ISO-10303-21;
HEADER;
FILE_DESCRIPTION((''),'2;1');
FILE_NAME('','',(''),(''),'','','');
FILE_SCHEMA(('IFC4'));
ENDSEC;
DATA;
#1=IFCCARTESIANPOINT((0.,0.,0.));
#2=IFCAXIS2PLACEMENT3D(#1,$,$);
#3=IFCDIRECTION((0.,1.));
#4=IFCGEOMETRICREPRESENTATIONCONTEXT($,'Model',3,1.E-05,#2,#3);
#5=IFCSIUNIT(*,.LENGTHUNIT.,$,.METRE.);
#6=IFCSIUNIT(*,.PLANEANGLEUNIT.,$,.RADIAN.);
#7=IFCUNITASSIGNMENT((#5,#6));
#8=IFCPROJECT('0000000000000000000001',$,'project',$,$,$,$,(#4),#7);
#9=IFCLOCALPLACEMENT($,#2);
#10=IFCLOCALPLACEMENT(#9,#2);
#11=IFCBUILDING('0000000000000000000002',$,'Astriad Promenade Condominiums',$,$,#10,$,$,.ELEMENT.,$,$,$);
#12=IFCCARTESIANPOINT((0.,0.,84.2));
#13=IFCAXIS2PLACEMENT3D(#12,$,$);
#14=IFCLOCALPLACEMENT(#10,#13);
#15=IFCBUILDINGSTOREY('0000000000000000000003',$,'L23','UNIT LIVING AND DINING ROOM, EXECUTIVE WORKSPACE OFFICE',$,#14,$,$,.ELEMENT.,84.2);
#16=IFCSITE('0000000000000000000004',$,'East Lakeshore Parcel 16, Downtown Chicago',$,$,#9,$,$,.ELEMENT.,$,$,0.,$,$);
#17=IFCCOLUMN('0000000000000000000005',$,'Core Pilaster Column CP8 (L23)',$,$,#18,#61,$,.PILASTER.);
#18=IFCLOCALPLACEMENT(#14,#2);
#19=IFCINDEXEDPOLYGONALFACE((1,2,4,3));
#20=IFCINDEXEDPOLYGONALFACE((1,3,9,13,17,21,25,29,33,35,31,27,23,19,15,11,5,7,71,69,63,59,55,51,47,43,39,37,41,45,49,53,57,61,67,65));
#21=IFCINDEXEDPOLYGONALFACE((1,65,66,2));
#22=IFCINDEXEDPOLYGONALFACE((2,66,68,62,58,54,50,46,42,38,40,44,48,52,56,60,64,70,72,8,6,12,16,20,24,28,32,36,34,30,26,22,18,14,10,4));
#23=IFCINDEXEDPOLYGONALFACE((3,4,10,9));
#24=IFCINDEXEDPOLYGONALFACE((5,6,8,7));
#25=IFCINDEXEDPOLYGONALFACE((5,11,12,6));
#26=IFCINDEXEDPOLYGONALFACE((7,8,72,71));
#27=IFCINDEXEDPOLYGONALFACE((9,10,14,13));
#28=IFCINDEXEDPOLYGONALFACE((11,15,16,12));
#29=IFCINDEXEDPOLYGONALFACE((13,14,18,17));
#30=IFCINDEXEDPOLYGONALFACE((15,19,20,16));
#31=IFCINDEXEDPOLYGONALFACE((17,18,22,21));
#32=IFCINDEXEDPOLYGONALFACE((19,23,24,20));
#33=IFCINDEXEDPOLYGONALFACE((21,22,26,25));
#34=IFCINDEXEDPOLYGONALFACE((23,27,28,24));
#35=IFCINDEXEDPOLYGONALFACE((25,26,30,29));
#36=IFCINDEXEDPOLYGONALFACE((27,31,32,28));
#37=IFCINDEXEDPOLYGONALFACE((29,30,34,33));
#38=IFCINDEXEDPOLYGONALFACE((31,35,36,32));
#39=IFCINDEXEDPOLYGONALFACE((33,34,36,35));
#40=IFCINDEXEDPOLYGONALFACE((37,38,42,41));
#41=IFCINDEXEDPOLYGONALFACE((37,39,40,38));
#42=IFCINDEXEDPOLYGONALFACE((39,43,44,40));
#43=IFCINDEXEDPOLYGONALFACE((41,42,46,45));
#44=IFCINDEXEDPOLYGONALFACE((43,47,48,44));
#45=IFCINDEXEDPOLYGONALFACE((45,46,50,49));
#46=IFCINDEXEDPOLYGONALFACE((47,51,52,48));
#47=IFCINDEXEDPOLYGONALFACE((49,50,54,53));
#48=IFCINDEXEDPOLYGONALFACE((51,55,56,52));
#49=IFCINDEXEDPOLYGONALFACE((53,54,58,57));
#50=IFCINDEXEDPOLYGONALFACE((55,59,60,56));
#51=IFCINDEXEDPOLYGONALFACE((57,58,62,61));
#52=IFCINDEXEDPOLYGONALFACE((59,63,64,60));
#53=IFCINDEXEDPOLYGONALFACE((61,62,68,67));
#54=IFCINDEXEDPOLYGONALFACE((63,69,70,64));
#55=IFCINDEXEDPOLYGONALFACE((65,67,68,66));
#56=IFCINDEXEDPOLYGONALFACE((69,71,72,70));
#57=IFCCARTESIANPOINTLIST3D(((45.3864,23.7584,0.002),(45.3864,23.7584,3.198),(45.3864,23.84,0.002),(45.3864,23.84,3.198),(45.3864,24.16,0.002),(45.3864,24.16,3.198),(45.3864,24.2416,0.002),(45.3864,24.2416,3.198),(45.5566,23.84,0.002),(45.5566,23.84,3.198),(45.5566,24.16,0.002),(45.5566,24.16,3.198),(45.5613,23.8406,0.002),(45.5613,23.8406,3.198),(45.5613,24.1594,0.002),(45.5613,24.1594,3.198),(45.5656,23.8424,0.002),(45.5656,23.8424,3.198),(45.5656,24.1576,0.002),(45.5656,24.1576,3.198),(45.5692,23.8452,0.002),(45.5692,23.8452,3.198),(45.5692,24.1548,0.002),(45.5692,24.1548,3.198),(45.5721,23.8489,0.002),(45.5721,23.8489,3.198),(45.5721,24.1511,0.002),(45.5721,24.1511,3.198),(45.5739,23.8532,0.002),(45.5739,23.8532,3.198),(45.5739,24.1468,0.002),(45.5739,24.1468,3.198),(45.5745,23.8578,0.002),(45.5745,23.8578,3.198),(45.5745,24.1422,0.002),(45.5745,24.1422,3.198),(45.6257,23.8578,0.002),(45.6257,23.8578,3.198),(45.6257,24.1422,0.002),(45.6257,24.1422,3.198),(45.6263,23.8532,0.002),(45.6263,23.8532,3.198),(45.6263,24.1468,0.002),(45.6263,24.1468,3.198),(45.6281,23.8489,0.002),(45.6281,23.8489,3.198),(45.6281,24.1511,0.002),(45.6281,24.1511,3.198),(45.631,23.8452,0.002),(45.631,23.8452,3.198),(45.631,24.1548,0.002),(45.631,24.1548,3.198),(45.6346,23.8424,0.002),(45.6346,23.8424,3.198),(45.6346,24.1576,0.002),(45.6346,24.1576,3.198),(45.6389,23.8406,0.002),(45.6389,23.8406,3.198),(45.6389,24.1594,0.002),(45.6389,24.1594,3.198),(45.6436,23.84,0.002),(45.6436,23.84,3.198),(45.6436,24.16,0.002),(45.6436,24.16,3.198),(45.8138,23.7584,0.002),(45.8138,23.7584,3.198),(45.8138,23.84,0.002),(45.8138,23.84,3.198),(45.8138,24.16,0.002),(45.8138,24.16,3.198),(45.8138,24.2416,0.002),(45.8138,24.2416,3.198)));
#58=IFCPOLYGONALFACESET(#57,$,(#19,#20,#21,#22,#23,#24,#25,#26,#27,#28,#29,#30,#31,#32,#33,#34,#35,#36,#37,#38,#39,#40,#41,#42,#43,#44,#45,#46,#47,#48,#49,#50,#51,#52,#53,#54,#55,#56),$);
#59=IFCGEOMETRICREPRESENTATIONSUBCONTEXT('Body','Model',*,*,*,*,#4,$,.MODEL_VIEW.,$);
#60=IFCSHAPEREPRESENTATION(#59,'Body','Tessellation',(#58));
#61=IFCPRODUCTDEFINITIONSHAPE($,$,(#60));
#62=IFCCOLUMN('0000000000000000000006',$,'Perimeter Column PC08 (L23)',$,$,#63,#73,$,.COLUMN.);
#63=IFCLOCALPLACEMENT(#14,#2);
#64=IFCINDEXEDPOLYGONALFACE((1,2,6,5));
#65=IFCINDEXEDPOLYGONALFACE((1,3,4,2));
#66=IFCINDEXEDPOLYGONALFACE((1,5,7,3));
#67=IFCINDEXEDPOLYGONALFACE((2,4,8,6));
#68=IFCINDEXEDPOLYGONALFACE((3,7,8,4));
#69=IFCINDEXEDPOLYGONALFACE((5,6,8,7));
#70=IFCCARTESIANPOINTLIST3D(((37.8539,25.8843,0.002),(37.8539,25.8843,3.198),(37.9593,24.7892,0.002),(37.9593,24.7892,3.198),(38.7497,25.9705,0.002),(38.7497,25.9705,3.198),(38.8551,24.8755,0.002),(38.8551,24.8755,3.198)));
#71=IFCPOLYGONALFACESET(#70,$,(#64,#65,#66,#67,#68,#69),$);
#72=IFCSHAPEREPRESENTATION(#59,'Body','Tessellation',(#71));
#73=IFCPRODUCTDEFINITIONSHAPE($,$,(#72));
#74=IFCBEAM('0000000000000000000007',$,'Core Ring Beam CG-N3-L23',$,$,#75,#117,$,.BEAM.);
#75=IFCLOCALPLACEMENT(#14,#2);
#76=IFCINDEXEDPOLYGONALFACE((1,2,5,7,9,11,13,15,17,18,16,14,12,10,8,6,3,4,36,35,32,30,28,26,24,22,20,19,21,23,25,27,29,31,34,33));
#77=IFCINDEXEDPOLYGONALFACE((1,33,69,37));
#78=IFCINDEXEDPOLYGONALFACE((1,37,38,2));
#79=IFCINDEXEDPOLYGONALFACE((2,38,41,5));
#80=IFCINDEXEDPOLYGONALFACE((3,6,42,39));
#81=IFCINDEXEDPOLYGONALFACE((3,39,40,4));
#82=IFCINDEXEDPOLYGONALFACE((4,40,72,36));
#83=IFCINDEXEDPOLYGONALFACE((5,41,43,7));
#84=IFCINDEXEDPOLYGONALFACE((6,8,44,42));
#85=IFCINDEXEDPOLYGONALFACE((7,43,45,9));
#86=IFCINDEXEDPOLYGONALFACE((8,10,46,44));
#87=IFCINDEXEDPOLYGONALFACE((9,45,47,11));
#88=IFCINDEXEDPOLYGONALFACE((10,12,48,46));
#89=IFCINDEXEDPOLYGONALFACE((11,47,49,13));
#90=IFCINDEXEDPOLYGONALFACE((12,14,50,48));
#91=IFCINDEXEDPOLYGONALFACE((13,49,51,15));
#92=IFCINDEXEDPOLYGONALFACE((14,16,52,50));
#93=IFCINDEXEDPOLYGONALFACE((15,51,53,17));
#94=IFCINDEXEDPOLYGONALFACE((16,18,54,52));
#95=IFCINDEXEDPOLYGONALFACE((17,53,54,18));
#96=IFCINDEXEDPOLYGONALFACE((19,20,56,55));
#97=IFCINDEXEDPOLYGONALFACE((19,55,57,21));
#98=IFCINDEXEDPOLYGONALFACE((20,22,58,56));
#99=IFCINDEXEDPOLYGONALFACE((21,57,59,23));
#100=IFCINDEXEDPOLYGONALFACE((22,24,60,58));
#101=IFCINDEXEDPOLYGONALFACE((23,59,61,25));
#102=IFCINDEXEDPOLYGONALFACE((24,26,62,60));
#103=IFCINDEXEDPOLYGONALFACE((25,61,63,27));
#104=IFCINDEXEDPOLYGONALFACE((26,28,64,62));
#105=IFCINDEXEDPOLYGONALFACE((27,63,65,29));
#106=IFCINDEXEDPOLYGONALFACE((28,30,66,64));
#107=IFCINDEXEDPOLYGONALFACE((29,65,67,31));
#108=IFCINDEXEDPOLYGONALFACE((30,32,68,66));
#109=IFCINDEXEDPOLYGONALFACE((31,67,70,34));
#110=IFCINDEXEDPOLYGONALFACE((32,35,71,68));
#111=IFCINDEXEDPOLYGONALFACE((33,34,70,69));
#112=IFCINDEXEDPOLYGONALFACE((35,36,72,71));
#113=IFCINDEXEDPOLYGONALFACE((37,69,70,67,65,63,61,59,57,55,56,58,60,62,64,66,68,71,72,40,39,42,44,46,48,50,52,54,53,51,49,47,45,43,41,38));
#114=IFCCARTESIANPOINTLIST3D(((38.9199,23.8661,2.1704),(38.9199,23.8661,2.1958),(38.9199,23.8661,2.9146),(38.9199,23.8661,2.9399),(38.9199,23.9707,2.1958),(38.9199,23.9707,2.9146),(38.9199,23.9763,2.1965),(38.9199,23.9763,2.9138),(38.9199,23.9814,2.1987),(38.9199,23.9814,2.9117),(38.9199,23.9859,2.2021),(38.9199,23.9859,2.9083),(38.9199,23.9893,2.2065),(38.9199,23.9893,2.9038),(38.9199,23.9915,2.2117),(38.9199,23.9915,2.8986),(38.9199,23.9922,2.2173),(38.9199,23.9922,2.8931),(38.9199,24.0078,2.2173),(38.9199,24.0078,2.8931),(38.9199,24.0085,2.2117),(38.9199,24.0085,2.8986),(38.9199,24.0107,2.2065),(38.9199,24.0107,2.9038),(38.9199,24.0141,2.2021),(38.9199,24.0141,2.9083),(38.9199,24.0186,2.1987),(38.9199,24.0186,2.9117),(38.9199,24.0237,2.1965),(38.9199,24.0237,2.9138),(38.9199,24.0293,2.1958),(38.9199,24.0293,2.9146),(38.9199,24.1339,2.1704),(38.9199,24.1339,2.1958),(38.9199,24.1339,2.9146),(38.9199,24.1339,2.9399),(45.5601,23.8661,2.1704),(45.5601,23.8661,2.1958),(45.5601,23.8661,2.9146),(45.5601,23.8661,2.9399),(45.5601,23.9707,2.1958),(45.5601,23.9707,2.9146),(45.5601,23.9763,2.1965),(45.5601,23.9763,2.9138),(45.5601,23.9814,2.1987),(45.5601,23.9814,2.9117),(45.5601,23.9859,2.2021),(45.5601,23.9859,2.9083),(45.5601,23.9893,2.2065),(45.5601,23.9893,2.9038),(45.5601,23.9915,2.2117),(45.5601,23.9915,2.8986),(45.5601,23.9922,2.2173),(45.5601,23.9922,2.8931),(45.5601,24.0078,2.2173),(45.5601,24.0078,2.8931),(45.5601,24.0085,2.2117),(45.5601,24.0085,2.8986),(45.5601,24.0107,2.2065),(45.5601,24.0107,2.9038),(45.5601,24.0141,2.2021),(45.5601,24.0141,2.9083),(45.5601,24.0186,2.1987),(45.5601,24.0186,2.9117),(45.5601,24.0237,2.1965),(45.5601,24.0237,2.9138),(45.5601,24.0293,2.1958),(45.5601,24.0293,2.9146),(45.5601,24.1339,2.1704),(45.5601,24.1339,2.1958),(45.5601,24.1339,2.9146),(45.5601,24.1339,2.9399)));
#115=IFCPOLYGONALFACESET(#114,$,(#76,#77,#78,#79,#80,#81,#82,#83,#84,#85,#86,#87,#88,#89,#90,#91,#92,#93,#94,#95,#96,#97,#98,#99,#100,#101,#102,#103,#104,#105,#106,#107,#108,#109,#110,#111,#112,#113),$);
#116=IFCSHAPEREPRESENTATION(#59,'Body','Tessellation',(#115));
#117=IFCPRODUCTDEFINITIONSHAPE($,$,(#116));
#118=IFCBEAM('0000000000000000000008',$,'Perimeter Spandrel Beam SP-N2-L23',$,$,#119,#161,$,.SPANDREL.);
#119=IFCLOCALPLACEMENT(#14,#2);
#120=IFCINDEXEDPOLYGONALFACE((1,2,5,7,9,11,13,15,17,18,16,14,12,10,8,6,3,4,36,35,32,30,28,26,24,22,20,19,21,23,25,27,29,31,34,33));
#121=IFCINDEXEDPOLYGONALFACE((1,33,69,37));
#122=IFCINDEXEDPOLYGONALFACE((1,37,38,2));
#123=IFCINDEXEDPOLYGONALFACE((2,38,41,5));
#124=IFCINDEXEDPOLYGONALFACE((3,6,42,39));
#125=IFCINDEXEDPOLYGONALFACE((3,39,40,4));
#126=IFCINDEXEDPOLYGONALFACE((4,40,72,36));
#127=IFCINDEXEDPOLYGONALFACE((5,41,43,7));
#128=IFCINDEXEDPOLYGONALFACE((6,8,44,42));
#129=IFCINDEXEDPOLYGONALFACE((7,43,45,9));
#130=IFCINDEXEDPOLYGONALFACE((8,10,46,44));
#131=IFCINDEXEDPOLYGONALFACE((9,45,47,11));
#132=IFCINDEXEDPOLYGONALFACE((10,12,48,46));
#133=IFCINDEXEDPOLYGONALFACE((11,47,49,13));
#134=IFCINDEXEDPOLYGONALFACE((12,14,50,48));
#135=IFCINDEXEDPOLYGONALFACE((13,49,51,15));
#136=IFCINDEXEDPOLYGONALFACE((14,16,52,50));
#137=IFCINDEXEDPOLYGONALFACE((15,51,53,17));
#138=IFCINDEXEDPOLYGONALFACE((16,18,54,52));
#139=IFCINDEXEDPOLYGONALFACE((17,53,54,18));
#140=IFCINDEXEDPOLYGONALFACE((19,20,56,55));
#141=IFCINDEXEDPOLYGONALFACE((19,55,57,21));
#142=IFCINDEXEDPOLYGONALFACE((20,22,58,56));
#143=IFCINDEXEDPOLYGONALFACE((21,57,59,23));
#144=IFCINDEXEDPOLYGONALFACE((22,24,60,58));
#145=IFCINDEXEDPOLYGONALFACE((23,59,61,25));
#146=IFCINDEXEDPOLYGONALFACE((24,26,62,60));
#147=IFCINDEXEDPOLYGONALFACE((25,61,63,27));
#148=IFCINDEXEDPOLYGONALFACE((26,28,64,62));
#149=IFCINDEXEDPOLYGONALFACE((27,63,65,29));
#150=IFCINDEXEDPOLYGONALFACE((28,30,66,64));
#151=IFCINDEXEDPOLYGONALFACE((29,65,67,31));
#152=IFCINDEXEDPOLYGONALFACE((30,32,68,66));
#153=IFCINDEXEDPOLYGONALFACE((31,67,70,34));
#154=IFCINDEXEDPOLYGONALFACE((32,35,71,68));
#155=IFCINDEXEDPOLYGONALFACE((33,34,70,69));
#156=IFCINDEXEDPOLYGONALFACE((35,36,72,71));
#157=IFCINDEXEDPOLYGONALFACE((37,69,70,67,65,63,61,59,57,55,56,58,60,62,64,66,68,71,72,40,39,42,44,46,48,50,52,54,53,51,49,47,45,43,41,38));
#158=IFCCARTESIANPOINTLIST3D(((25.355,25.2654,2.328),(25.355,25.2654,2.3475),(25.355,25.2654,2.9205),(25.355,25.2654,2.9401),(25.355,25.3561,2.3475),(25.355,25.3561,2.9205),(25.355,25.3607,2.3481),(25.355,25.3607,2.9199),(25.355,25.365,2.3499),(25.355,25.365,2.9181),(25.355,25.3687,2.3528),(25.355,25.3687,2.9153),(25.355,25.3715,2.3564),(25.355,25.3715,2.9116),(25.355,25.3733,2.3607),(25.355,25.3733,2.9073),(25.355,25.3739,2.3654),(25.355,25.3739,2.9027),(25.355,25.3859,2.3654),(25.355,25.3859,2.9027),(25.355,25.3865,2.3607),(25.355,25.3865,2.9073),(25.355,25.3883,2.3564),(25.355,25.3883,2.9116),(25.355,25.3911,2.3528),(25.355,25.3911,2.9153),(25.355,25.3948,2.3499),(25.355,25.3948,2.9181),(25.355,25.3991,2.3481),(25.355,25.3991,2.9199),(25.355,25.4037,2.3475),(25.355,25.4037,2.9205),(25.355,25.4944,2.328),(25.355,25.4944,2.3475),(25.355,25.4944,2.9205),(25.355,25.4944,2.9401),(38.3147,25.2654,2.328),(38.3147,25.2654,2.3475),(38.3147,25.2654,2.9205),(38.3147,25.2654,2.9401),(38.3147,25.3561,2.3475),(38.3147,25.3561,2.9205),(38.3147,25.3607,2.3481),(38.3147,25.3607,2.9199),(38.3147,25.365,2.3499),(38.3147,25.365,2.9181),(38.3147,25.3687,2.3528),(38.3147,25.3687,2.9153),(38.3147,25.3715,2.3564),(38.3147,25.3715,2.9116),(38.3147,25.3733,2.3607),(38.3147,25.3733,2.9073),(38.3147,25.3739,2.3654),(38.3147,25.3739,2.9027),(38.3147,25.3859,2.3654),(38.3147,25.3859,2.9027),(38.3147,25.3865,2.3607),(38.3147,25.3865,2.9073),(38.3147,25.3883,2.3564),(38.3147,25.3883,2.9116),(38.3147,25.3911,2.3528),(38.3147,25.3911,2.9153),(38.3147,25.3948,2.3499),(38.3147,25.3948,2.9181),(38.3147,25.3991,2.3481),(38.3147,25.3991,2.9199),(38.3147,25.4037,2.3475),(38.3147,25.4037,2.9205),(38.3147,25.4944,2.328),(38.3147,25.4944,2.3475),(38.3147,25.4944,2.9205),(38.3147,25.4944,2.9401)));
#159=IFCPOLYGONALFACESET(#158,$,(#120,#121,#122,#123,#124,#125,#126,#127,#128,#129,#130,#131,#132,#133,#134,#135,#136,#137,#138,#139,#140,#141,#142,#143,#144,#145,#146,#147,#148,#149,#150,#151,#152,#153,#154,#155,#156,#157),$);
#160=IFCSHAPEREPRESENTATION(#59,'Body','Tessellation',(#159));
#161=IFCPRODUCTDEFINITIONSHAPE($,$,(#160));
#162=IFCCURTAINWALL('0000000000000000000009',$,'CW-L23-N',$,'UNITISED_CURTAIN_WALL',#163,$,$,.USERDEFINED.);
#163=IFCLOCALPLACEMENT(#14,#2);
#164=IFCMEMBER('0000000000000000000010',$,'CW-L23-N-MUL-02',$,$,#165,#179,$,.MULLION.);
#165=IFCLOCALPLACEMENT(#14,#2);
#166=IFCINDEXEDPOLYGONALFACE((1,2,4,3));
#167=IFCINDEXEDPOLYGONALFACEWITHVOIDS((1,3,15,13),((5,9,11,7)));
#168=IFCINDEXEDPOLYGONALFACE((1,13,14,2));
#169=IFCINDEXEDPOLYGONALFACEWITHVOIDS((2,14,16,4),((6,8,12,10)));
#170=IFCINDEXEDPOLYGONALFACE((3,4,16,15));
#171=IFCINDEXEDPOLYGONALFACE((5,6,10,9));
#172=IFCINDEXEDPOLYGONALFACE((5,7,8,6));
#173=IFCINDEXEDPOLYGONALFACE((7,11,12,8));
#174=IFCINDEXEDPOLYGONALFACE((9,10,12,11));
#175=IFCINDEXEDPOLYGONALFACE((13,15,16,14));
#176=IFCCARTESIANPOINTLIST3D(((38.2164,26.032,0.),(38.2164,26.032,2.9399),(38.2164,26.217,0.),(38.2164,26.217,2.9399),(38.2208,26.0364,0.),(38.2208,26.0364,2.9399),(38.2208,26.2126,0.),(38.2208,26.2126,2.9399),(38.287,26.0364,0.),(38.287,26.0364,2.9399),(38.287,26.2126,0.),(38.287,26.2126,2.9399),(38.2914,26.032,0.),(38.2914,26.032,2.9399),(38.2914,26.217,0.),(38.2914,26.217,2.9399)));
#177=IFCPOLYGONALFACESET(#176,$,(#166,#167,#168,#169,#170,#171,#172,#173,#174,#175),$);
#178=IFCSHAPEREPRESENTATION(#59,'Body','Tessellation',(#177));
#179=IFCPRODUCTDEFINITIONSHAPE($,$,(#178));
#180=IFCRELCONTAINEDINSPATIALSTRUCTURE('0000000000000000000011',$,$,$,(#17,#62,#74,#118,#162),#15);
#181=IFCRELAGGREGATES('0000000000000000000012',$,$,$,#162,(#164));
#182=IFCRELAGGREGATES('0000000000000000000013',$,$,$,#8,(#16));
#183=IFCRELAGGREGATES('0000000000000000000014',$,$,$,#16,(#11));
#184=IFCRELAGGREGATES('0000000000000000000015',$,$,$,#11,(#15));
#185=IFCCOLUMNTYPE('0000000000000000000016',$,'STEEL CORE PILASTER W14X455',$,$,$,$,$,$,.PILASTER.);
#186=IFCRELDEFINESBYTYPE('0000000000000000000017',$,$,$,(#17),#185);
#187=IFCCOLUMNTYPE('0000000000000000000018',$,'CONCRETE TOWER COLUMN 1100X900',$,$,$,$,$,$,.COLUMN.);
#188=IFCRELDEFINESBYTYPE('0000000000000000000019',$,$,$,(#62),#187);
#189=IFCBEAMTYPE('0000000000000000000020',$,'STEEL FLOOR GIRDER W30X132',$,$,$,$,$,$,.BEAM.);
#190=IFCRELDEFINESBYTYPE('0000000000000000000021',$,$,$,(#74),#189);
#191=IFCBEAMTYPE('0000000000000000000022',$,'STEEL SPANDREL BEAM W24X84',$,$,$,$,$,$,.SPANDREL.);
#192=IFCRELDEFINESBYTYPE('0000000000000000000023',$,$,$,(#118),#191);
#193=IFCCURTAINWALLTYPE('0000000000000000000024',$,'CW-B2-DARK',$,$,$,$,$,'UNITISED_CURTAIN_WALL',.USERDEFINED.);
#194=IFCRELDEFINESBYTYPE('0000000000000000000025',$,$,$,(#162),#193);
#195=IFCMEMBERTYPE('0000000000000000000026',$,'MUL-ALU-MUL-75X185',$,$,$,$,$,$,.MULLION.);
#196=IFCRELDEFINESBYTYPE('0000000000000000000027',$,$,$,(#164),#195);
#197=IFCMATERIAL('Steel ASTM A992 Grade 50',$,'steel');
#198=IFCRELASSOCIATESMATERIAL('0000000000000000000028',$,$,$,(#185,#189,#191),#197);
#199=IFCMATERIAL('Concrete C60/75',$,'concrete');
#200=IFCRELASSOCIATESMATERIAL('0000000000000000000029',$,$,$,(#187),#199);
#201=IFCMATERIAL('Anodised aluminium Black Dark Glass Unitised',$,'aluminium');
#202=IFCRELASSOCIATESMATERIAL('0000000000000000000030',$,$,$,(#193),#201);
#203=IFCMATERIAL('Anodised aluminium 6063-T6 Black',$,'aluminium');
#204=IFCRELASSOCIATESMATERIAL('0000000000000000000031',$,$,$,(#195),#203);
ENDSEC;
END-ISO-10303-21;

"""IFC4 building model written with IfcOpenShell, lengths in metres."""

from ifc_helpers import new_model, si_unit, direction, frame, origin, origin_2d, place, context, subcontext, project, spatial, rectangle, hollow_rectangle, i_section, extrude, source, transform, mapped, material, material_profile, profile_set, type_object, type_shapes, element, aggregate, save


model = new_model("IFC4")

# Units and contexts
model_context = context("Model", 3, precision=1e-05, world=origin(), true_north=direction((0.0, 1.0)))
body_context = subcontext(model_context, "Body", "Model", "MODEL_VIEW")
ifc_project = project(units=[si_unit("LENGTHUNIT", "METRE"), si_unit("PLANEANGLEUNIT", "RADIAN")], contexts=[model_context])

# Site, building, storey
site_placement = place(None, origin())
site = spatial("IfcSite", under=ifc_project, at=site_placement, Name="East Lakeshore Parcel 16, Downtown Chicago", CompositionType="ELEMENT", RefElevation=0.0)
building_placement = place(site_placement, origin())
building = spatial("IfcBuilding", under=site, at=building_placement, Name="Astriad Promenade Condominiums", CompositionType="ELEMENT")
storey_placement = place(building_placement, frame((0.0, 0.0, 84.2)))
storey = spatial("IfcBuildingStorey", under=building, at=storey_placement, Name="L23", Description="UNIT LIVING AND DINING ROOM, EXECUTIVE WORKSPACE OFFICE", CompositionType="ELEMENT", Elevation=84.2)

# Columns
ifc_material_1 = material(Name="Steel ASTM A992 Grade 50", Category="steel")
ifc_material_profile_1 = material_profile(ifc_material_1, i_section(OverallWidth=0.4275, OverallDepth=0.4832, WebThickness=0.0513, FlangeThickness=0.0815, FilletRadius=0.0178, at=origin_2d()), Name="W14X455")
ifc_profile_set_1 = profile_set([ifc_material_profile_1], Name="Steel ASTM A992 Grade 50")
column_type_1 = type_object("IfcColumnType", Name="STEEL CORE PILASTER W14X455", PredefinedType="PILASTER", material=ifc_profile_set_1)
shared_shape_1 = source(origin(), body_context, "Body", "SweptSolid", [
    extrude(i_section(OverallWidth=0.4275, OverallDepth=0.4832, WebThickness=0.0513, FlangeThickness=0.0815, FilletRadius=0.0178, at=origin_2d()), origin(), (0.0, 0.0, 1.0), 3.196),
])
type_shapes(column_type_1, [shared_shape_1])
column_1_placement = place(storey_placement, frame((45.6001, 24.0, 0.002), z_axis=(0.0, 0.0, 1.0), x_axis=(1.0, 0.0, 0.0)))
element("IfcColumn", 1, at=column_1_placement, inside=storey, type_object=column_type_1, Name="Core Pilaster Column CP8 (L23)", PredefinedType="PILASTER", context=body_context, shape_type="MappedRepresentation", body=[
    mapped(shared_shape_1, transform((0.0, 0.0, 0.0), scale=1.0)),
])
ifc_material_2 = material(Name="Concrete C60/75", Category="concrete")
ifc_material_profile_2 = material_profile(ifc_material_2, rectangle(XDim=0.8999, YDim=1.1001, at=origin_2d()), Name="RC-COL-1100X900")
ifc_profile_set_2 = profile_set([ifc_material_profile_2], Name="Concrete C60/75")
column_type_2 = type_object("IfcColumnType", Name="CONCRETE TOWER COLUMN 1100X900", PredefinedType="COLUMN", material=ifc_profile_set_2)
shared_shape_2 = source(origin(), body_context, "Body", "SweptSolid", [
    extrude(rectangle(XDim=0.8999, YDim=1.1001, at=origin_2d()), origin(), (0.0, 0.0, 1.0), 3.196),
])
type_shapes(column_type_2, [shared_shape_2])
column_2_placement = place(storey_placement, frame((38.3545, 25.3799, 0.002), z_axis=(0.0, 0.0, 1.0), x_axis=(0.995396, 0.095846, 0.0)))
element("IfcColumn", 2, at=column_2_placement, inside=storey, type_object=column_type_2, Name="Perimeter Column PC08 (L23)", PredefinedType="COLUMN", context=body_context, shape_type="MappedRepresentation", body=[
    mapped(shared_shape_2, transform((0.0, 0.0, 0.0), scale=1.0)),
])

# Beams
ifc_material_profile_3 = material_profile(ifc_material_1, i_section(OverallWidth=0.2678, OverallDepth=0.7695, WebThickness=0.0156, FlangeThickness=0.0254, FilletRadius=0.0215, at=origin_2d()), Name="W30X132")
ifc_profile_set_3 = profile_set([ifc_material_profile_3], Name="Steel ASTM A992 Grade 50")
beam_type_1 = type_object("IfcBeamType", Name="STEEL FLOOR GIRDER W30X132", PredefinedType="BEAM", material=ifc_profile_set_3)
shared_shape_3 = source(origin(), body_context, "Body", "SweptSolid", [
    extrude(i_section(OverallWidth=0.2678, OverallDepth=0.7695, WebThickness=0.0156, FlangeThickness=0.0254, FilletRadius=0.0215, at=origin_2d()), origin(), (0.0, 0.0, 1.0), 6.6401),
])
type_shapes(beam_type_1, [shared_shape_3])
beam_1_placement = place(storey_placement, frame((38.9199, 24.0, 2.5552), z_axis=(1.0, 0.0, 0.0), x_axis=(0.0, 1.0, 0.0)))
element("IfcBeam", 3, at=beam_1_placement, inside=storey, type_object=beam_type_1, Name="Core Ring Beam CG-N3-L23", PredefinedType="BEAM", context=body_context, shape_type="MappedRepresentation", body=[
    mapped(shared_shape_3, transform((0.0, 0.0, 0.0), scale=1.0)),
])
ifc_material_profile_4 = material_profile(ifc_material_1, i_section(OverallWidth=0.229, OverallDepth=0.6121, WebThickness=0.012, FlangeThickness=0.0195, FilletRadius=0.0178, at=origin_2d()), Name="W24X84")
ifc_profile_set_4 = profile_set([ifc_material_profile_4], Name="Steel ASTM A992 Grade 50")
beam_type_2 = type_object("IfcBeamType", Name="STEEL SPANDREL BEAM W24X84", PredefinedType="SPANDREL", material=ifc_profile_set_4)
shared_shape_4 = source(origin(), body_context, "Body", "SweptSolid", [
    extrude(i_section(OverallWidth=0.229, OverallDepth=0.6121, WebThickness=0.012, FlangeThickness=0.0195, FilletRadius=0.0178, at=origin_2d()), origin(), (0.0, 0.0, 1.0), 12.9597),
])
type_shapes(beam_type_2, [shared_shape_4])
beam_2_placement = place(storey_placement, frame((38.3147, 25.3799, 2.634), z_axis=(-1.0, 0.0, 0.0), x_axis=(0.0, -1.0, 0.0)))
element("IfcBeam", 4, at=beam_2_placement, inside=storey, type_object=beam_type_2, Name="Perimeter Spandrel Beam SP-N2-L23", PredefinedType="SPANDREL", context=body_context, shape_type="MappedRepresentation", body=[
    mapped(shared_shape_4, transform((0.0, 0.0, 0.0), scale=1.0)),
])

# Curtain wall, member
ifc_material_3 = material(Name="Anodised aluminium Black Dark Glass Unitised", Category="aluminium")
curtain_wall_type = type_object("IfcCurtainWallType", Name="CW-B2-DARK", ElementType="UNITISED_CURTAIN_WALL", PredefinedType="USERDEFINED", material=ifc_material_3)
curtain_wall_placement = place(storey_placement, origin())
curtain_wall = element("IfcCurtainWall", 5, at=curtain_wall_placement, inside=storey, type_object=curtain_wall_type, Name="CW-L23-N", ObjectType="UNITISED_CURTAIN_WALL", PredefinedType="USERDEFINED")
ifc_material_4 = material(Name="Anodised aluminium 6063-T6 Black", Category="aluminium")
ifc_material_profile_5 = material_profile(ifc_material_4, hollow_rectangle(XDim=0.075, YDim=0.1851, WallThickness=0.0044, at=origin_2d()), Name="ALU-MUL-75X185")
ifc_profile_set_5 = profile_set([ifc_material_profile_5], Name="Anodised aluminium 6063-T6 Black")
member_type_1 = type_object("IfcMemberType", Name="MUL-ALU-MUL-75X185", PredefinedType="MULLION", material=ifc_profile_set_5)
shared_shape_5 = source(origin(), body_context, "Body", "SweptSolid", [
    extrude(hollow_rectangle(XDim=0.075, YDim=0.1851, WallThickness=0.0044, at=origin_2d()), origin(), (0.0, 0.0, 1.0), 2.9399),
])
type_shapes(member_type_1, [shared_shape_5])
member_1_placement = place(storey_placement, frame((38.2539, 26.1245, 0.0), z_axis=(0.0, 0.0, 1.0), x_axis=(1.0, 0.0, 0.0)))
member_1 = element("IfcMember", 6, at=member_1_placement, type_object=member_type_1, Name="CW-L23-N-MUL-02", PredefinedType="MULLION", context=body_context, shape_type="MappedRepresentation", body=[
    mapped(shared_shape_5, transform((0.0, 0.0, 0.0), scale=1.0)),
])
aggregate(curtain_wall, [member_1])

save(model, "model.ifc")
